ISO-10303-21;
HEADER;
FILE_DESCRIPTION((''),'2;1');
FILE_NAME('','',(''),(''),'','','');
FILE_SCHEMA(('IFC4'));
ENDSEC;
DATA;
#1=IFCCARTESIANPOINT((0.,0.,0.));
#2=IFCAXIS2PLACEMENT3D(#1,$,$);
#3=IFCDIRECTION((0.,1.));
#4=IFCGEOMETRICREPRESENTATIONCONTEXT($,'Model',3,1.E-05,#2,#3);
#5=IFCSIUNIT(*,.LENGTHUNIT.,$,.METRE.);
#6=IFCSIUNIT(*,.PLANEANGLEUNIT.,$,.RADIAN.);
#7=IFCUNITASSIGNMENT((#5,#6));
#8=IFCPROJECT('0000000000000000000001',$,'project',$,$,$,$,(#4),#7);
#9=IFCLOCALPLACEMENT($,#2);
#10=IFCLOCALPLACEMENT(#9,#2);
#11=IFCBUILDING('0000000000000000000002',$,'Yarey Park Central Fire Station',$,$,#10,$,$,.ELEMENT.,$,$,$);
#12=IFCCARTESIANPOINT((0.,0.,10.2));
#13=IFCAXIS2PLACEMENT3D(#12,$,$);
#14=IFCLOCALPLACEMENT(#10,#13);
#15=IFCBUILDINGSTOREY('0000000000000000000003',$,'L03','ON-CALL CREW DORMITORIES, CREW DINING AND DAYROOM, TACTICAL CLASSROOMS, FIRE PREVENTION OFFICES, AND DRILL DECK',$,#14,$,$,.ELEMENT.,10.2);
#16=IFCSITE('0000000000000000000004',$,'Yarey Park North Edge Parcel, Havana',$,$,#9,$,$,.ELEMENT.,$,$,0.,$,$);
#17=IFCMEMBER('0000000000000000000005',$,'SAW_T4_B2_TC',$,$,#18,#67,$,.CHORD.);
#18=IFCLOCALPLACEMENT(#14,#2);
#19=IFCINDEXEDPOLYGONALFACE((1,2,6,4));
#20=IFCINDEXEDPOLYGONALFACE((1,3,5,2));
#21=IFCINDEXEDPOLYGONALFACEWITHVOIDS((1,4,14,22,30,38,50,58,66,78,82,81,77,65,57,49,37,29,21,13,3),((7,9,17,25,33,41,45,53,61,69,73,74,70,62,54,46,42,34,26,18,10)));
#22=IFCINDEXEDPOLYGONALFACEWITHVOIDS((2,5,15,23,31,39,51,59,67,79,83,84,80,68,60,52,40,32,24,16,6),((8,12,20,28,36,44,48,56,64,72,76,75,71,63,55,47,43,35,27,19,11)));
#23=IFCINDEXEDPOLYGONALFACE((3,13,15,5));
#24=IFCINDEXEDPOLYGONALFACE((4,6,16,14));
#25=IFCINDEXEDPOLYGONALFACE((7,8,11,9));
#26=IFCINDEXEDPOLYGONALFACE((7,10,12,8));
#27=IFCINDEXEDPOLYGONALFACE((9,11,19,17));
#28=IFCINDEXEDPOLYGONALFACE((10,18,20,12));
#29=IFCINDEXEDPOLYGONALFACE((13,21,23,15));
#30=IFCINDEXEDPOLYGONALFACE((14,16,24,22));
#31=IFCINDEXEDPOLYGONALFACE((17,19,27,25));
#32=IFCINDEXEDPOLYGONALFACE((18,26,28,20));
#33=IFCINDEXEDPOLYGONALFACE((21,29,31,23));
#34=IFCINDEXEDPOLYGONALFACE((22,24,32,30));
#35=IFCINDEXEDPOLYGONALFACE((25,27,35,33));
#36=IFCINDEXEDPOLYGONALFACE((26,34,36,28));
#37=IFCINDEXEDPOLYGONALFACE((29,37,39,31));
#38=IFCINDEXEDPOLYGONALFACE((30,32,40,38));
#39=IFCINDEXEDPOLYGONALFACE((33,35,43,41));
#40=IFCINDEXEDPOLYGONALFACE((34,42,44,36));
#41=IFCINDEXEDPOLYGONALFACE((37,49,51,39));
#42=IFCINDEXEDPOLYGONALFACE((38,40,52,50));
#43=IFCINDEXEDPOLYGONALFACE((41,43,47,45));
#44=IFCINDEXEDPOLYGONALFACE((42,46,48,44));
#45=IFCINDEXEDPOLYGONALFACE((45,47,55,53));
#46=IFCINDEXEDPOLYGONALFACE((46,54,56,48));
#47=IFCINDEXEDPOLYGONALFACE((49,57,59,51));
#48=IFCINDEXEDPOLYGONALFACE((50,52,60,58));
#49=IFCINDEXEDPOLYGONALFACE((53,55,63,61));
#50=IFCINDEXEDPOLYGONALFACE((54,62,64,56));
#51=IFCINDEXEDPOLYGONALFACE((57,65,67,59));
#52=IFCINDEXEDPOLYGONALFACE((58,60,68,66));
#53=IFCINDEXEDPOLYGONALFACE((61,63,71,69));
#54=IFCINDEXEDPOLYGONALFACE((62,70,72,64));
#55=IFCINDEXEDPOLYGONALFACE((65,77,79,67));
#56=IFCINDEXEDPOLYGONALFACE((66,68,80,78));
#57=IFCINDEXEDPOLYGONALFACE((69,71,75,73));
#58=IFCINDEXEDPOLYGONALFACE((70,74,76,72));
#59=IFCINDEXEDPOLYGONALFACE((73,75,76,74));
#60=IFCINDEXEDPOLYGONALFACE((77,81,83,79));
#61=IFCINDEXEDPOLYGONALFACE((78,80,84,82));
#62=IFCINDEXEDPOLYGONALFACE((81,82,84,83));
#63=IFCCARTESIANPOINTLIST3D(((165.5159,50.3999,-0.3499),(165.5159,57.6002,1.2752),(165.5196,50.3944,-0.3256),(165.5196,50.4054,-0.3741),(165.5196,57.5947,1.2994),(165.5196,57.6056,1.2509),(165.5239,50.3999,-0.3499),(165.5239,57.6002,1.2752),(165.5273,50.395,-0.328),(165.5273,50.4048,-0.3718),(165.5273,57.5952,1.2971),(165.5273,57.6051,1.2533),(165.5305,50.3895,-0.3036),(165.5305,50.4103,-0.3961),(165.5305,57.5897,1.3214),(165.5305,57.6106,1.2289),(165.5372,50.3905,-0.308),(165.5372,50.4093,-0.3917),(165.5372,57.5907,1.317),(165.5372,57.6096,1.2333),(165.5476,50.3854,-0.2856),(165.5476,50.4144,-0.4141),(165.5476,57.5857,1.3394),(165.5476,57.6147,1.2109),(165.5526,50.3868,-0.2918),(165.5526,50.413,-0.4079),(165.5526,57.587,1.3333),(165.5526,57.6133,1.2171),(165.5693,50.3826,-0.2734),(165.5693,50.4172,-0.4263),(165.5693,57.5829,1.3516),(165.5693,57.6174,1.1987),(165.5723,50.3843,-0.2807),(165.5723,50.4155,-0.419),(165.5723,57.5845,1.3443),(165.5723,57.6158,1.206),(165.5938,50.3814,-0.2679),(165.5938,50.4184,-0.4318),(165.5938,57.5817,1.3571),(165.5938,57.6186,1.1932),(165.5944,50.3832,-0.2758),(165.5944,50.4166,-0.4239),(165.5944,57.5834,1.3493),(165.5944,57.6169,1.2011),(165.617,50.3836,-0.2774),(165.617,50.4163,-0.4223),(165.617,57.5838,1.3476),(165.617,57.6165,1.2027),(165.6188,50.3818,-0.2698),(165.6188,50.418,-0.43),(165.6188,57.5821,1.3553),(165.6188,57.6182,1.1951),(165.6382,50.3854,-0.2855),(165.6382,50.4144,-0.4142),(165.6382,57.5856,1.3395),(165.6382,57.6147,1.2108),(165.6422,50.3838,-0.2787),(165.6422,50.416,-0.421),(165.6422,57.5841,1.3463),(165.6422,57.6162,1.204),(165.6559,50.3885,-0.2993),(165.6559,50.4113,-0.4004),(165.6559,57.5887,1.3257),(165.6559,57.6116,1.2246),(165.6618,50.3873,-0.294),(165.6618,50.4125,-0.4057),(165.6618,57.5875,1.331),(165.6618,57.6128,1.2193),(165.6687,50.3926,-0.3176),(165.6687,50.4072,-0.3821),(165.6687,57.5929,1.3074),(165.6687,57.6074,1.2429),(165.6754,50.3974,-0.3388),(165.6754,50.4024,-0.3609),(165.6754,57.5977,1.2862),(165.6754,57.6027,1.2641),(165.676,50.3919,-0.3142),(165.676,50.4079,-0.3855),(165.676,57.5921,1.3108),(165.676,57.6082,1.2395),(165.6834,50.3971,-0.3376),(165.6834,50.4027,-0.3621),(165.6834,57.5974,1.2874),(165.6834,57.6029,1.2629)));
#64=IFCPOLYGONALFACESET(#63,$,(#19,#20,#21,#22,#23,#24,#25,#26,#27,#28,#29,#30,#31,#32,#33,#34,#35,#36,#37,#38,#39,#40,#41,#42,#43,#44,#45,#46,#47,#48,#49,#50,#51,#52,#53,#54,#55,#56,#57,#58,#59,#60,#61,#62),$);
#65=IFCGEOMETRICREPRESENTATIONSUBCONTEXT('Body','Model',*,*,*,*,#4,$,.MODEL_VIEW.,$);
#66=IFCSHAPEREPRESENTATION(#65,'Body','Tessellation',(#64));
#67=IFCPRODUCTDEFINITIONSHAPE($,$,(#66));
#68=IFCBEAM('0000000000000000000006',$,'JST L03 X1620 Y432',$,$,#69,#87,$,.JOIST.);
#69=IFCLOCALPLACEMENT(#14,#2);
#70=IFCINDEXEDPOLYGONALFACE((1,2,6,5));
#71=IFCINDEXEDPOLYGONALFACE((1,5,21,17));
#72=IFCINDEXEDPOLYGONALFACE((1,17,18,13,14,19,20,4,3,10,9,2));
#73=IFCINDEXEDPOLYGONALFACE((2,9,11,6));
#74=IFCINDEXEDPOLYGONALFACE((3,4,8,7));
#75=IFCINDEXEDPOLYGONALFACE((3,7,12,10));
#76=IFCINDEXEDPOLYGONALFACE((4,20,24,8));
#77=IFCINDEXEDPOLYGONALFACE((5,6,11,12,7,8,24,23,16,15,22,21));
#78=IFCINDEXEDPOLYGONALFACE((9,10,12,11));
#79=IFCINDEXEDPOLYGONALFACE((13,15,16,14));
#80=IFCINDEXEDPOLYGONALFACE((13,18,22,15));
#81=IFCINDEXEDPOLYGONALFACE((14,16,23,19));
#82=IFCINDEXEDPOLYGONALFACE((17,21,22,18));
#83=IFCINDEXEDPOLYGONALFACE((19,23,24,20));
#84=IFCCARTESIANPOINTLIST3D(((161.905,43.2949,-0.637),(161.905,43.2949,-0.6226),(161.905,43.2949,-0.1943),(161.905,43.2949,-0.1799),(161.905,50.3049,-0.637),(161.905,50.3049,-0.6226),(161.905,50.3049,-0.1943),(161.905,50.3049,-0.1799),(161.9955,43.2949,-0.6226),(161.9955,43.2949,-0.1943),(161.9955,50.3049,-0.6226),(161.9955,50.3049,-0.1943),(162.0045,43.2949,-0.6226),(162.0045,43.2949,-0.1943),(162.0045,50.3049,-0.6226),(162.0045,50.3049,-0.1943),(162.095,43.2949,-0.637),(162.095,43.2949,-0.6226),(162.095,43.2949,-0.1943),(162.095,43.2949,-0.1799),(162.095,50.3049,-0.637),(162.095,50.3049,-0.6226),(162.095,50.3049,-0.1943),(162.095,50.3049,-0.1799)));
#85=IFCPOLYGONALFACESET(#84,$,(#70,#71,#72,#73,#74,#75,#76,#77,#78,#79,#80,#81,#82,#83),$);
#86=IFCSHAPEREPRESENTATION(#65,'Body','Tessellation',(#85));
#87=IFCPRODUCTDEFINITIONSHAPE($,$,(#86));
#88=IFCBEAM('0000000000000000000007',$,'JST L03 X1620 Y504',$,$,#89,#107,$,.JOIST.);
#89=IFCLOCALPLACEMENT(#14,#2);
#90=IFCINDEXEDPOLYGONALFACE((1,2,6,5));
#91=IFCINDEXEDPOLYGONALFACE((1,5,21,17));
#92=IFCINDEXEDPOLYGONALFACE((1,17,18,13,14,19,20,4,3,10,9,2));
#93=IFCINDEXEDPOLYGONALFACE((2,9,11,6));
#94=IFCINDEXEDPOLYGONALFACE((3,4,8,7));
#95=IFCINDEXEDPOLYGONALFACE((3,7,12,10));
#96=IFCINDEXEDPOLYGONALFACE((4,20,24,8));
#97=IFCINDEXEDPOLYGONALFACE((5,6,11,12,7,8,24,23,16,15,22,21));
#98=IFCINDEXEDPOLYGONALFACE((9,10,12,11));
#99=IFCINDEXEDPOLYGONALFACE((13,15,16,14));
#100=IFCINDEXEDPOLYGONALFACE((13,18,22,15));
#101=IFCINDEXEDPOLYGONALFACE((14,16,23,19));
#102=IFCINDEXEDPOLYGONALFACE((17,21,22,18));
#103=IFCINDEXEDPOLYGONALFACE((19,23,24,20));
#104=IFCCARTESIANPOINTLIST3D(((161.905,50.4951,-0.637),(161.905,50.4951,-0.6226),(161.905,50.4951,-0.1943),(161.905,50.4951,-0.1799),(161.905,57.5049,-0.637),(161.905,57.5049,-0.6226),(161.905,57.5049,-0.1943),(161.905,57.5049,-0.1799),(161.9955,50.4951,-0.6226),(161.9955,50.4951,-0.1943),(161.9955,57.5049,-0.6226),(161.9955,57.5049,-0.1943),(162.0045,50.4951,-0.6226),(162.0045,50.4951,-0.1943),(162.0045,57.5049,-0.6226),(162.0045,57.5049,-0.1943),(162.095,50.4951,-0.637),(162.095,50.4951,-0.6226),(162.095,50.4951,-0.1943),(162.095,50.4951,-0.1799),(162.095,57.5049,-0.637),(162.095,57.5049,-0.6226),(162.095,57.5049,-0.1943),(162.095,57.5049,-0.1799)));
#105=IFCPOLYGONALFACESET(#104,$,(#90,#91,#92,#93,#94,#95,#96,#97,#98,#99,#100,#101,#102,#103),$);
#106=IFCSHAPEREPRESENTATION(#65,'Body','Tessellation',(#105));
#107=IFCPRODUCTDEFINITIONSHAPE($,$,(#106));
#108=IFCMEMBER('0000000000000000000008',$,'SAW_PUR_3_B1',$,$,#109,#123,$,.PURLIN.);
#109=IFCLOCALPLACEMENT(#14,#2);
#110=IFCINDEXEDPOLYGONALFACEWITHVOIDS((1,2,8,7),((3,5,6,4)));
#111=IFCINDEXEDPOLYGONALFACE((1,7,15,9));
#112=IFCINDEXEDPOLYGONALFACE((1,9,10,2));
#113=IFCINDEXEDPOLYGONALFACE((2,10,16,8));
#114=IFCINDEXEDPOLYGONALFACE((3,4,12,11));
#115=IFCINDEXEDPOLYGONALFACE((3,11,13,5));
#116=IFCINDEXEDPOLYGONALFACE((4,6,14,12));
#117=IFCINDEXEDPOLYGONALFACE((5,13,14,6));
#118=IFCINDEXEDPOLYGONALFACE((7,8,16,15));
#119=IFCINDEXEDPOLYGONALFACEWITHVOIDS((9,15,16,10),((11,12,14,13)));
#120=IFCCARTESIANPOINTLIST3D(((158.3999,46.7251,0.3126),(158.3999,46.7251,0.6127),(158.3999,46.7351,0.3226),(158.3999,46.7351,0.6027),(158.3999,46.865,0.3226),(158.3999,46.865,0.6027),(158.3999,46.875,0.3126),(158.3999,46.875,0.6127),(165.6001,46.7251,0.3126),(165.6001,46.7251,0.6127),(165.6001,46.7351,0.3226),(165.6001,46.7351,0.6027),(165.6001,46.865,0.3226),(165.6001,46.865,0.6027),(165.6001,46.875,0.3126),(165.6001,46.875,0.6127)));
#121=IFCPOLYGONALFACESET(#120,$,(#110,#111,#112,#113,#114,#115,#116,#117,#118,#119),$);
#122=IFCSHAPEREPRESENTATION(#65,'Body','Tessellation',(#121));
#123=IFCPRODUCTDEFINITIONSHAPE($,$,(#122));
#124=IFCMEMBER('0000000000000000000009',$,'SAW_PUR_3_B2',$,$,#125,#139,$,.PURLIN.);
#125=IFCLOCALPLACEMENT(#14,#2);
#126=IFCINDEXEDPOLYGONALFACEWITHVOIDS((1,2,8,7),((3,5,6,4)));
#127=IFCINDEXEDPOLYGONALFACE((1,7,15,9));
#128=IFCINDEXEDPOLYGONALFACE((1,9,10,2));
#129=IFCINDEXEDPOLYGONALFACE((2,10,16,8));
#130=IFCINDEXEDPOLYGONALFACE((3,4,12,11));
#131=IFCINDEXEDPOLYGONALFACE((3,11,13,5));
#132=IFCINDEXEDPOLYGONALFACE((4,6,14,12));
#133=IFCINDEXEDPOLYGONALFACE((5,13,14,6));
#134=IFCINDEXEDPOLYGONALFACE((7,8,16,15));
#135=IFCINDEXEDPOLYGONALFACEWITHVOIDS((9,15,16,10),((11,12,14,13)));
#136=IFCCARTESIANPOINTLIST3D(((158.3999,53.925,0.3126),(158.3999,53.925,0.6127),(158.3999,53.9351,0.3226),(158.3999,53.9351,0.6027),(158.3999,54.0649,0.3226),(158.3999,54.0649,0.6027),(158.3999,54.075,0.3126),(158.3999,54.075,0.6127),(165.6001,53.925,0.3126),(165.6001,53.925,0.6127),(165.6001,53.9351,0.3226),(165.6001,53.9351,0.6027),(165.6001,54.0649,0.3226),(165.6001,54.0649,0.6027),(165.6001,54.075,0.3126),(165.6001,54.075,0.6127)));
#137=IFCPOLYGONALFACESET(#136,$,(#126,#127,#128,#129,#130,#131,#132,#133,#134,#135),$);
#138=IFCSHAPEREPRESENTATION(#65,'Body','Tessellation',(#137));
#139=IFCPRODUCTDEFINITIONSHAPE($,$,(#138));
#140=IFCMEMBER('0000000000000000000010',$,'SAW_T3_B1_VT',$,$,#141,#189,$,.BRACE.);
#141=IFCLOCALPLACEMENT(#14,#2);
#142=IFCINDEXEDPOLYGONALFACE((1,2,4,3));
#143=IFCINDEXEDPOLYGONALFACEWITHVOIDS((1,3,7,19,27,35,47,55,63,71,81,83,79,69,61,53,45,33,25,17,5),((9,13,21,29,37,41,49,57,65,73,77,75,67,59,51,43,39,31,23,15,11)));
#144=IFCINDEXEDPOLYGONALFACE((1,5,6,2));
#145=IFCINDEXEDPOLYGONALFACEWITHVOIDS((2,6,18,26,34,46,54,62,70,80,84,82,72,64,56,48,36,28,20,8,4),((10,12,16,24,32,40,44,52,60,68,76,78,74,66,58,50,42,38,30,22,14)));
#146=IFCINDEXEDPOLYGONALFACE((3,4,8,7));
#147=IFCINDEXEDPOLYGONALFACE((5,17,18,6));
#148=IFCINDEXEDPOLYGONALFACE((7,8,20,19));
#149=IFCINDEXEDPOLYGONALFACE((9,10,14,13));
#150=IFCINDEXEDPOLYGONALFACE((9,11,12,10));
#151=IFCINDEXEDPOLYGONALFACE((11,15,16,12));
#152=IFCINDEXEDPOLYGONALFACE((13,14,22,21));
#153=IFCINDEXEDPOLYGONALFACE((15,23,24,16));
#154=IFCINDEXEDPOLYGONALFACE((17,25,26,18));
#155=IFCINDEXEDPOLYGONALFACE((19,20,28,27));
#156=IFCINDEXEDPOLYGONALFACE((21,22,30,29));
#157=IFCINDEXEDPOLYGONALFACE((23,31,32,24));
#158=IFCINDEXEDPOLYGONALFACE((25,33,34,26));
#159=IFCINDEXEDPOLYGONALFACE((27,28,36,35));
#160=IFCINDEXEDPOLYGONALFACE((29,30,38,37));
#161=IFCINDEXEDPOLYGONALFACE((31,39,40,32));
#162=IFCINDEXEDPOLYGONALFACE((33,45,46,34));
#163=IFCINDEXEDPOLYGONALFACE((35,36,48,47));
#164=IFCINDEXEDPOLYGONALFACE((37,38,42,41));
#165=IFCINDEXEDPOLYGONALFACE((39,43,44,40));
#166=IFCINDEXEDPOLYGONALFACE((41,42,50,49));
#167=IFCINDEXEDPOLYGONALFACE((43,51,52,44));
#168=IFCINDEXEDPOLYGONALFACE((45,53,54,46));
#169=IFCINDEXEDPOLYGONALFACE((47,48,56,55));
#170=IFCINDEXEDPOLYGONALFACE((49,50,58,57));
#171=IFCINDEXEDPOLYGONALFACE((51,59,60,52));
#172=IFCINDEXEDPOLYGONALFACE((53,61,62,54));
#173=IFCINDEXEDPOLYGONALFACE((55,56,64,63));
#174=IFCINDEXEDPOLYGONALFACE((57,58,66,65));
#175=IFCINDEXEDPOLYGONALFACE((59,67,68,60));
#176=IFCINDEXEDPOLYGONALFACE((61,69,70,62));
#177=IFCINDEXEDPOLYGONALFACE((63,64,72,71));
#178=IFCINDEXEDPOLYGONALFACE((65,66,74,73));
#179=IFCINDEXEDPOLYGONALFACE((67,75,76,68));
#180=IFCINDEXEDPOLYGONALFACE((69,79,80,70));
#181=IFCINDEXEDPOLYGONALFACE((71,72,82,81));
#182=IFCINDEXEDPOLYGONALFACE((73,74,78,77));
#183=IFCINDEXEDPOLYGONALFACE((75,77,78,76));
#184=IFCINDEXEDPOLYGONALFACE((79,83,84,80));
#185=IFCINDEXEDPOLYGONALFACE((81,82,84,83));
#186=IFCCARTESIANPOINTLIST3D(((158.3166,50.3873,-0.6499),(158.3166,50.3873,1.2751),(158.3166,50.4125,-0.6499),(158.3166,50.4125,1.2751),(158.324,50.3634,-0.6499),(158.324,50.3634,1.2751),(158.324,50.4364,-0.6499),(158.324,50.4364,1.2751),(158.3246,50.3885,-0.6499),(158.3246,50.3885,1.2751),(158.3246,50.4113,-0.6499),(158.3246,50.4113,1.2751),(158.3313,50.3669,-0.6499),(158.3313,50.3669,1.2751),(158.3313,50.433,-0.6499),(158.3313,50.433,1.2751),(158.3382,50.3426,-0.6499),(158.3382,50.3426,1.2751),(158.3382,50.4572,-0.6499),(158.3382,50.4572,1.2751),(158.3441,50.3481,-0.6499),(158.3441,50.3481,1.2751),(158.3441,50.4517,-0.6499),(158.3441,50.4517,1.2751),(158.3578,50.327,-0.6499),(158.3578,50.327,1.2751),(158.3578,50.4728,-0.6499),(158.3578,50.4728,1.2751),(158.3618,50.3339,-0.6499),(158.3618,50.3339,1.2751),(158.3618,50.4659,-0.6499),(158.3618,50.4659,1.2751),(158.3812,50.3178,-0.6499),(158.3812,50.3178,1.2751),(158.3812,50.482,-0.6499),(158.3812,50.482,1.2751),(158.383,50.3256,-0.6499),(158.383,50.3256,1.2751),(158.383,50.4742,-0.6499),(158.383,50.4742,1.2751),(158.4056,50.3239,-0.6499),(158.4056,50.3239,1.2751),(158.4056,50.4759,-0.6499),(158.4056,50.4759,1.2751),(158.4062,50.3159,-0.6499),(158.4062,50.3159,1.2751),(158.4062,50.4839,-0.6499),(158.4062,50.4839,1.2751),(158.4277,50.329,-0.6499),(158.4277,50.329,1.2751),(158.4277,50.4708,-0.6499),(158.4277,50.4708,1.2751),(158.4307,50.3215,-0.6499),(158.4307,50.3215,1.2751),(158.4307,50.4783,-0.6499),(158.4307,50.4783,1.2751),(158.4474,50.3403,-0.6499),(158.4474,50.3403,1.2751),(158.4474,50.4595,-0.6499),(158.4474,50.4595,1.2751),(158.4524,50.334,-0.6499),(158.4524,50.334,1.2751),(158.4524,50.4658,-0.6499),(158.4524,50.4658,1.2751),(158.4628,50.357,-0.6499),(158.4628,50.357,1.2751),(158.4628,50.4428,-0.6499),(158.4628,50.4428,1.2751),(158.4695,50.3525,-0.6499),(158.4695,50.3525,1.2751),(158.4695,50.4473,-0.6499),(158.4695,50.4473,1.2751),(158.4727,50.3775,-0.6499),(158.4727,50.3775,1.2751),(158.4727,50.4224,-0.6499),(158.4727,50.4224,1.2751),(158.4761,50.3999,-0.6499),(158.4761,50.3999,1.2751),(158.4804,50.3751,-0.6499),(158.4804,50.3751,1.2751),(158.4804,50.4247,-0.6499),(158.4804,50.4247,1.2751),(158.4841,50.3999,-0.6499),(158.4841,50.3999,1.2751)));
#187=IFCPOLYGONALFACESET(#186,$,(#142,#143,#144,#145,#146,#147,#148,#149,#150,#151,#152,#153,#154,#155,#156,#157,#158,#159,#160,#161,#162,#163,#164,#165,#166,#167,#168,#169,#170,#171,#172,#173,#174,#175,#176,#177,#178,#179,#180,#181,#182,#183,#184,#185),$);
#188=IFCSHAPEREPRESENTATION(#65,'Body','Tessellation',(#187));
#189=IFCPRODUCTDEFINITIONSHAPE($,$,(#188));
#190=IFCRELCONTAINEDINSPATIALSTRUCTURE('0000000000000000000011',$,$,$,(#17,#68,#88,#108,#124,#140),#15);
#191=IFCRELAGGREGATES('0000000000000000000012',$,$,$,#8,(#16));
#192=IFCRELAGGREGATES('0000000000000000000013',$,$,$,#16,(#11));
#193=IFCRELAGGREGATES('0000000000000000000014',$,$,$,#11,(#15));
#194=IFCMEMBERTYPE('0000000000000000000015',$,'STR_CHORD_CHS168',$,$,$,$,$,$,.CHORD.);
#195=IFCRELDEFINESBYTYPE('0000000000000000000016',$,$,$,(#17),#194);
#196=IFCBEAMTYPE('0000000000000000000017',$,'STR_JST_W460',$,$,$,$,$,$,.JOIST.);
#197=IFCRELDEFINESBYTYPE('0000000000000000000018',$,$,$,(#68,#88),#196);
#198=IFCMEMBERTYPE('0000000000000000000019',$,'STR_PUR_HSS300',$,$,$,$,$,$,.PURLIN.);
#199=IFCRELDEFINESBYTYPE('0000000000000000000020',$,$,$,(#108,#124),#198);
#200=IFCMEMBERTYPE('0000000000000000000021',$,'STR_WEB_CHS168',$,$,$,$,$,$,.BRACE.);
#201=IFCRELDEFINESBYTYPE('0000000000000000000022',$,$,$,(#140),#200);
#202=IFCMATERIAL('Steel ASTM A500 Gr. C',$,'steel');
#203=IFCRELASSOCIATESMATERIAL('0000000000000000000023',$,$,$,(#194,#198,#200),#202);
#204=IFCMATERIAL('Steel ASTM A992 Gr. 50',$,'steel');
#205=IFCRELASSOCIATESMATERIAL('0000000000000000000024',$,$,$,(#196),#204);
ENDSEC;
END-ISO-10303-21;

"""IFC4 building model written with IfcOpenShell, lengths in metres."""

from ifc_helpers import new_model, si_unit, direction, frame, origin, origin_2d, place, context, subcontext, project, spatial, hollow_rectangle, hollow_circle, i_section, extrude, material, material_profile, profile_set, type_object, element, save


model = new_model("IFC4")

# Units and contexts
model_context = context("Model", 3, precision=1e-05, world=origin(), true_north=direction((0.0, 1.0)))
body_context = subcontext(model_context, "Body", "Model", "MODEL_VIEW")
ifc_project = project(units=[si_unit("LENGTHUNIT", "METRE"), si_unit("PLANEANGLEUNIT", "RADIAN")], contexts=[model_context])

# Site, building, storey
site_placement = place(None, origin())
site = spatial("IfcSite", under=ifc_project, at=site_placement, Name="Yarey Park North Edge Parcel, Havana", CompositionType="ELEMENT", RefElevation=0.0)
building_placement = place(site_placement, origin())
building = spatial("IfcBuilding", under=site, at=building_placement, Name="Yarey Park Central Fire Station", CompositionType="ELEMENT")
storey_placement = place(building_placement, frame((0.0, 0.0, 10.2)))
storey = spatial("IfcBuildingStorey", under=building, at=storey_placement, Name="L03", Description="ON-CALL CREW DORMITORIES, CREW DINING AND DAYROOM, TACTICAL CLASSROOMS, FIRE PREVENTION OFFICES, AND DRILL DECK", CompositionType="ELEMENT", Elevation=10.2)

# Shared definitions
ifc_material_1 = material(Name="Steel ASTM A992 Gr. 50", Category="steel")

# Member
ifc_material_2 = material(Name="Steel ASTM A500 Gr. C", Category="steel")
ifc_material_profile_1 = material_profile(ifc_material_2, hollow_circle(Radius=0.0842, WallThickness=0.0081, at=origin_2d()), Name="CHS 168.3x8")
ifc_profile_set_1 = profile_set([ifc_material_profile_1], Name="Steel ASTM A500 Gr. C")
member_type_1 = type_object("IfcMemberType", Name="STR_CHORD_CHS168", PredefinedType="CHORD", material=ifc_profile_set_1)
member_1_placement = place(storey_placement, frame((165.6001, 50.3999, -0.3499), z_axis=(0.0, 0.975466, 0.220151), x_axis=(-1.0, 0.0, 0.0)))
element("IfcMember", 1, at=member_1_placement, inside=storey, type_object=member_type_1, Name="SAW_T4_B2_TC", PredefinedType="CHORD", context=body_context, shape_type="SweptSolid", body=[
    extrude(hollow_circle(Radius=0.0842, WallThickness=0.0081, at=origin_2d()), origin(), (0.0, 0.0, 1.0), 7.3813),
])

# Beams
ifc_material_profile_2 = material_profile(ifc_material_1, i_section(OverallWidth=0.1899, OverallDepth=0.457, WebThickness=0.009, FlangeThickness=0.0144, at=origin_2d()), Name="W460x74")
ifc_profile_set_2 = profile_set([ifc_material_profile_2], Name="Steel ASTM A992 Gr. 50")
beam_type_1 = type_object("IfcBeamType", Name="STR_JST_W460", PredefinedType="JOIST", material=ifc_profile_set_2)
beam_1_placement = place(storey_placement, frame((162.0, 43.2949, -0.4084), z_axis=(0.0, 1.0, 0.0), x_axis=(-1.0, 0.0, 0.0)))
element("IfcBeam", 2, at=beam_1_placement, inside=storey, type_object=beam_type_1, Name="JST L03 X1620 Y432", PredefinedType="JOIST", context=body_context, shape_type="SweptSolid", body=[
    extrude(i_section(OverallWidth=0.1899, OverallDepth=0.457, WebThickness=0.009, FlangeThickness=0.0144, at=origin_2d()), origin(), (0.0, 0.0, 1.0), 7.01),
])
beam_2_placement = place(storey_placement, frame((162.0, 50.4951, -0.4084), z_axis=(0.0, 1.0, 0.0), x_axis=(-1.0, 0.0, 0.0)))
element("IfcBeam", 3, at=beam_2_placement, inside=storey, type_object=beam_type_1, Name="JST L03 X1620 Y504", PredefinedType="JOIST", context=body_context, shape_type="SweptSolid", body=[
    extrude(i_section(OverallWidth=0.1899, OverallDepth=0.457, WebThickness=0.009, FlangeThickness=0.0144, at=origin_2d()), origin(), (0.0, 0.0, 1.0), 7.0098),
])

# Members
ifc_material_profile_3 = material_profile(ifc_material_2, hollow_rectangle(XDim=0.1499, YDim=0.3, WallThickness=0.01, at=origin_2d()), Name="HSS 300x150x10")
ifc_profile_set_3 = profile_set([ifc_material_profile_3], Name="Steel ASTM A500 Gr. C")
member_type_2 = type_object("IfcMemberType", Name="STR_PUR_HSS300", PredefinedType="PURLIN", material=ifc_profile_set_3)
for number, where, z_axis, x_axis, name in (
    (4, (158.3999, 46.8, 0.4626), (1.0, 0.0, 0.0), (0.0, 1.0, 0.0), "SAW_PUR_3_B1"),
    (5, (158.3999, 54.0, 0.4626), (1.0, 0.0, 0.0), (0.0, 1.0, 0.0), "SAW_PUR_3_B2"),
):
    element("IfcMember", number, at=place(storey_placement, frame(where, z_axis=z_axis, x_axis=x_axis)), inside=storey, type_object=member_type_2, Name=name, PredefinedType="PURLIN", context=body_context, shape_type="SweptSolid", body=[
        extrude(hollow_rectangle(XDim=0.1499, YDim=0.3, WallThickness=0.01, at=origin_2d()), origin(), (0.0, 0.0, 1.0), 7.2002),
    ])
ifc_material_profile_4 = material_profile(ifc_material_2, hollow_circle(Radius=0.0842, WallThickness=0.0081, at=origin_2d()), Name="CHS 168.3x8")
ifc_profile_set_4 = profile_set([ifc_material_profile_4], Name="Steel ASTM A500 Gr. C")
member_type_3 = type_object("IfcMemberType", Name="STR_WEB_CHS168", PredefinedType="BRACE", material=ifc_profile_set_4)
member_2_placement = place(storey_placement, frame((158.3999, 50.3999, -0.6499), z_axis=(0.0, 0.0, 1.0), x_axis=(1.0, 0.0, 0.0)))
element("IfcMember", 6, at=member_2_placement, inside=storey, type_object=member_type_3, Name="SAW_T3_B1_VT", PredefinedType="BRACE", context=body_context, shape_type="SweptSolid", body=[
    extrude(hollow_circle(Radius=0.0842, WallThickness=0.0081, at=origin_2d()), origin(), (0.0, 0.0, 1.0), 1.925),
])

save(model, "model.ifc")
